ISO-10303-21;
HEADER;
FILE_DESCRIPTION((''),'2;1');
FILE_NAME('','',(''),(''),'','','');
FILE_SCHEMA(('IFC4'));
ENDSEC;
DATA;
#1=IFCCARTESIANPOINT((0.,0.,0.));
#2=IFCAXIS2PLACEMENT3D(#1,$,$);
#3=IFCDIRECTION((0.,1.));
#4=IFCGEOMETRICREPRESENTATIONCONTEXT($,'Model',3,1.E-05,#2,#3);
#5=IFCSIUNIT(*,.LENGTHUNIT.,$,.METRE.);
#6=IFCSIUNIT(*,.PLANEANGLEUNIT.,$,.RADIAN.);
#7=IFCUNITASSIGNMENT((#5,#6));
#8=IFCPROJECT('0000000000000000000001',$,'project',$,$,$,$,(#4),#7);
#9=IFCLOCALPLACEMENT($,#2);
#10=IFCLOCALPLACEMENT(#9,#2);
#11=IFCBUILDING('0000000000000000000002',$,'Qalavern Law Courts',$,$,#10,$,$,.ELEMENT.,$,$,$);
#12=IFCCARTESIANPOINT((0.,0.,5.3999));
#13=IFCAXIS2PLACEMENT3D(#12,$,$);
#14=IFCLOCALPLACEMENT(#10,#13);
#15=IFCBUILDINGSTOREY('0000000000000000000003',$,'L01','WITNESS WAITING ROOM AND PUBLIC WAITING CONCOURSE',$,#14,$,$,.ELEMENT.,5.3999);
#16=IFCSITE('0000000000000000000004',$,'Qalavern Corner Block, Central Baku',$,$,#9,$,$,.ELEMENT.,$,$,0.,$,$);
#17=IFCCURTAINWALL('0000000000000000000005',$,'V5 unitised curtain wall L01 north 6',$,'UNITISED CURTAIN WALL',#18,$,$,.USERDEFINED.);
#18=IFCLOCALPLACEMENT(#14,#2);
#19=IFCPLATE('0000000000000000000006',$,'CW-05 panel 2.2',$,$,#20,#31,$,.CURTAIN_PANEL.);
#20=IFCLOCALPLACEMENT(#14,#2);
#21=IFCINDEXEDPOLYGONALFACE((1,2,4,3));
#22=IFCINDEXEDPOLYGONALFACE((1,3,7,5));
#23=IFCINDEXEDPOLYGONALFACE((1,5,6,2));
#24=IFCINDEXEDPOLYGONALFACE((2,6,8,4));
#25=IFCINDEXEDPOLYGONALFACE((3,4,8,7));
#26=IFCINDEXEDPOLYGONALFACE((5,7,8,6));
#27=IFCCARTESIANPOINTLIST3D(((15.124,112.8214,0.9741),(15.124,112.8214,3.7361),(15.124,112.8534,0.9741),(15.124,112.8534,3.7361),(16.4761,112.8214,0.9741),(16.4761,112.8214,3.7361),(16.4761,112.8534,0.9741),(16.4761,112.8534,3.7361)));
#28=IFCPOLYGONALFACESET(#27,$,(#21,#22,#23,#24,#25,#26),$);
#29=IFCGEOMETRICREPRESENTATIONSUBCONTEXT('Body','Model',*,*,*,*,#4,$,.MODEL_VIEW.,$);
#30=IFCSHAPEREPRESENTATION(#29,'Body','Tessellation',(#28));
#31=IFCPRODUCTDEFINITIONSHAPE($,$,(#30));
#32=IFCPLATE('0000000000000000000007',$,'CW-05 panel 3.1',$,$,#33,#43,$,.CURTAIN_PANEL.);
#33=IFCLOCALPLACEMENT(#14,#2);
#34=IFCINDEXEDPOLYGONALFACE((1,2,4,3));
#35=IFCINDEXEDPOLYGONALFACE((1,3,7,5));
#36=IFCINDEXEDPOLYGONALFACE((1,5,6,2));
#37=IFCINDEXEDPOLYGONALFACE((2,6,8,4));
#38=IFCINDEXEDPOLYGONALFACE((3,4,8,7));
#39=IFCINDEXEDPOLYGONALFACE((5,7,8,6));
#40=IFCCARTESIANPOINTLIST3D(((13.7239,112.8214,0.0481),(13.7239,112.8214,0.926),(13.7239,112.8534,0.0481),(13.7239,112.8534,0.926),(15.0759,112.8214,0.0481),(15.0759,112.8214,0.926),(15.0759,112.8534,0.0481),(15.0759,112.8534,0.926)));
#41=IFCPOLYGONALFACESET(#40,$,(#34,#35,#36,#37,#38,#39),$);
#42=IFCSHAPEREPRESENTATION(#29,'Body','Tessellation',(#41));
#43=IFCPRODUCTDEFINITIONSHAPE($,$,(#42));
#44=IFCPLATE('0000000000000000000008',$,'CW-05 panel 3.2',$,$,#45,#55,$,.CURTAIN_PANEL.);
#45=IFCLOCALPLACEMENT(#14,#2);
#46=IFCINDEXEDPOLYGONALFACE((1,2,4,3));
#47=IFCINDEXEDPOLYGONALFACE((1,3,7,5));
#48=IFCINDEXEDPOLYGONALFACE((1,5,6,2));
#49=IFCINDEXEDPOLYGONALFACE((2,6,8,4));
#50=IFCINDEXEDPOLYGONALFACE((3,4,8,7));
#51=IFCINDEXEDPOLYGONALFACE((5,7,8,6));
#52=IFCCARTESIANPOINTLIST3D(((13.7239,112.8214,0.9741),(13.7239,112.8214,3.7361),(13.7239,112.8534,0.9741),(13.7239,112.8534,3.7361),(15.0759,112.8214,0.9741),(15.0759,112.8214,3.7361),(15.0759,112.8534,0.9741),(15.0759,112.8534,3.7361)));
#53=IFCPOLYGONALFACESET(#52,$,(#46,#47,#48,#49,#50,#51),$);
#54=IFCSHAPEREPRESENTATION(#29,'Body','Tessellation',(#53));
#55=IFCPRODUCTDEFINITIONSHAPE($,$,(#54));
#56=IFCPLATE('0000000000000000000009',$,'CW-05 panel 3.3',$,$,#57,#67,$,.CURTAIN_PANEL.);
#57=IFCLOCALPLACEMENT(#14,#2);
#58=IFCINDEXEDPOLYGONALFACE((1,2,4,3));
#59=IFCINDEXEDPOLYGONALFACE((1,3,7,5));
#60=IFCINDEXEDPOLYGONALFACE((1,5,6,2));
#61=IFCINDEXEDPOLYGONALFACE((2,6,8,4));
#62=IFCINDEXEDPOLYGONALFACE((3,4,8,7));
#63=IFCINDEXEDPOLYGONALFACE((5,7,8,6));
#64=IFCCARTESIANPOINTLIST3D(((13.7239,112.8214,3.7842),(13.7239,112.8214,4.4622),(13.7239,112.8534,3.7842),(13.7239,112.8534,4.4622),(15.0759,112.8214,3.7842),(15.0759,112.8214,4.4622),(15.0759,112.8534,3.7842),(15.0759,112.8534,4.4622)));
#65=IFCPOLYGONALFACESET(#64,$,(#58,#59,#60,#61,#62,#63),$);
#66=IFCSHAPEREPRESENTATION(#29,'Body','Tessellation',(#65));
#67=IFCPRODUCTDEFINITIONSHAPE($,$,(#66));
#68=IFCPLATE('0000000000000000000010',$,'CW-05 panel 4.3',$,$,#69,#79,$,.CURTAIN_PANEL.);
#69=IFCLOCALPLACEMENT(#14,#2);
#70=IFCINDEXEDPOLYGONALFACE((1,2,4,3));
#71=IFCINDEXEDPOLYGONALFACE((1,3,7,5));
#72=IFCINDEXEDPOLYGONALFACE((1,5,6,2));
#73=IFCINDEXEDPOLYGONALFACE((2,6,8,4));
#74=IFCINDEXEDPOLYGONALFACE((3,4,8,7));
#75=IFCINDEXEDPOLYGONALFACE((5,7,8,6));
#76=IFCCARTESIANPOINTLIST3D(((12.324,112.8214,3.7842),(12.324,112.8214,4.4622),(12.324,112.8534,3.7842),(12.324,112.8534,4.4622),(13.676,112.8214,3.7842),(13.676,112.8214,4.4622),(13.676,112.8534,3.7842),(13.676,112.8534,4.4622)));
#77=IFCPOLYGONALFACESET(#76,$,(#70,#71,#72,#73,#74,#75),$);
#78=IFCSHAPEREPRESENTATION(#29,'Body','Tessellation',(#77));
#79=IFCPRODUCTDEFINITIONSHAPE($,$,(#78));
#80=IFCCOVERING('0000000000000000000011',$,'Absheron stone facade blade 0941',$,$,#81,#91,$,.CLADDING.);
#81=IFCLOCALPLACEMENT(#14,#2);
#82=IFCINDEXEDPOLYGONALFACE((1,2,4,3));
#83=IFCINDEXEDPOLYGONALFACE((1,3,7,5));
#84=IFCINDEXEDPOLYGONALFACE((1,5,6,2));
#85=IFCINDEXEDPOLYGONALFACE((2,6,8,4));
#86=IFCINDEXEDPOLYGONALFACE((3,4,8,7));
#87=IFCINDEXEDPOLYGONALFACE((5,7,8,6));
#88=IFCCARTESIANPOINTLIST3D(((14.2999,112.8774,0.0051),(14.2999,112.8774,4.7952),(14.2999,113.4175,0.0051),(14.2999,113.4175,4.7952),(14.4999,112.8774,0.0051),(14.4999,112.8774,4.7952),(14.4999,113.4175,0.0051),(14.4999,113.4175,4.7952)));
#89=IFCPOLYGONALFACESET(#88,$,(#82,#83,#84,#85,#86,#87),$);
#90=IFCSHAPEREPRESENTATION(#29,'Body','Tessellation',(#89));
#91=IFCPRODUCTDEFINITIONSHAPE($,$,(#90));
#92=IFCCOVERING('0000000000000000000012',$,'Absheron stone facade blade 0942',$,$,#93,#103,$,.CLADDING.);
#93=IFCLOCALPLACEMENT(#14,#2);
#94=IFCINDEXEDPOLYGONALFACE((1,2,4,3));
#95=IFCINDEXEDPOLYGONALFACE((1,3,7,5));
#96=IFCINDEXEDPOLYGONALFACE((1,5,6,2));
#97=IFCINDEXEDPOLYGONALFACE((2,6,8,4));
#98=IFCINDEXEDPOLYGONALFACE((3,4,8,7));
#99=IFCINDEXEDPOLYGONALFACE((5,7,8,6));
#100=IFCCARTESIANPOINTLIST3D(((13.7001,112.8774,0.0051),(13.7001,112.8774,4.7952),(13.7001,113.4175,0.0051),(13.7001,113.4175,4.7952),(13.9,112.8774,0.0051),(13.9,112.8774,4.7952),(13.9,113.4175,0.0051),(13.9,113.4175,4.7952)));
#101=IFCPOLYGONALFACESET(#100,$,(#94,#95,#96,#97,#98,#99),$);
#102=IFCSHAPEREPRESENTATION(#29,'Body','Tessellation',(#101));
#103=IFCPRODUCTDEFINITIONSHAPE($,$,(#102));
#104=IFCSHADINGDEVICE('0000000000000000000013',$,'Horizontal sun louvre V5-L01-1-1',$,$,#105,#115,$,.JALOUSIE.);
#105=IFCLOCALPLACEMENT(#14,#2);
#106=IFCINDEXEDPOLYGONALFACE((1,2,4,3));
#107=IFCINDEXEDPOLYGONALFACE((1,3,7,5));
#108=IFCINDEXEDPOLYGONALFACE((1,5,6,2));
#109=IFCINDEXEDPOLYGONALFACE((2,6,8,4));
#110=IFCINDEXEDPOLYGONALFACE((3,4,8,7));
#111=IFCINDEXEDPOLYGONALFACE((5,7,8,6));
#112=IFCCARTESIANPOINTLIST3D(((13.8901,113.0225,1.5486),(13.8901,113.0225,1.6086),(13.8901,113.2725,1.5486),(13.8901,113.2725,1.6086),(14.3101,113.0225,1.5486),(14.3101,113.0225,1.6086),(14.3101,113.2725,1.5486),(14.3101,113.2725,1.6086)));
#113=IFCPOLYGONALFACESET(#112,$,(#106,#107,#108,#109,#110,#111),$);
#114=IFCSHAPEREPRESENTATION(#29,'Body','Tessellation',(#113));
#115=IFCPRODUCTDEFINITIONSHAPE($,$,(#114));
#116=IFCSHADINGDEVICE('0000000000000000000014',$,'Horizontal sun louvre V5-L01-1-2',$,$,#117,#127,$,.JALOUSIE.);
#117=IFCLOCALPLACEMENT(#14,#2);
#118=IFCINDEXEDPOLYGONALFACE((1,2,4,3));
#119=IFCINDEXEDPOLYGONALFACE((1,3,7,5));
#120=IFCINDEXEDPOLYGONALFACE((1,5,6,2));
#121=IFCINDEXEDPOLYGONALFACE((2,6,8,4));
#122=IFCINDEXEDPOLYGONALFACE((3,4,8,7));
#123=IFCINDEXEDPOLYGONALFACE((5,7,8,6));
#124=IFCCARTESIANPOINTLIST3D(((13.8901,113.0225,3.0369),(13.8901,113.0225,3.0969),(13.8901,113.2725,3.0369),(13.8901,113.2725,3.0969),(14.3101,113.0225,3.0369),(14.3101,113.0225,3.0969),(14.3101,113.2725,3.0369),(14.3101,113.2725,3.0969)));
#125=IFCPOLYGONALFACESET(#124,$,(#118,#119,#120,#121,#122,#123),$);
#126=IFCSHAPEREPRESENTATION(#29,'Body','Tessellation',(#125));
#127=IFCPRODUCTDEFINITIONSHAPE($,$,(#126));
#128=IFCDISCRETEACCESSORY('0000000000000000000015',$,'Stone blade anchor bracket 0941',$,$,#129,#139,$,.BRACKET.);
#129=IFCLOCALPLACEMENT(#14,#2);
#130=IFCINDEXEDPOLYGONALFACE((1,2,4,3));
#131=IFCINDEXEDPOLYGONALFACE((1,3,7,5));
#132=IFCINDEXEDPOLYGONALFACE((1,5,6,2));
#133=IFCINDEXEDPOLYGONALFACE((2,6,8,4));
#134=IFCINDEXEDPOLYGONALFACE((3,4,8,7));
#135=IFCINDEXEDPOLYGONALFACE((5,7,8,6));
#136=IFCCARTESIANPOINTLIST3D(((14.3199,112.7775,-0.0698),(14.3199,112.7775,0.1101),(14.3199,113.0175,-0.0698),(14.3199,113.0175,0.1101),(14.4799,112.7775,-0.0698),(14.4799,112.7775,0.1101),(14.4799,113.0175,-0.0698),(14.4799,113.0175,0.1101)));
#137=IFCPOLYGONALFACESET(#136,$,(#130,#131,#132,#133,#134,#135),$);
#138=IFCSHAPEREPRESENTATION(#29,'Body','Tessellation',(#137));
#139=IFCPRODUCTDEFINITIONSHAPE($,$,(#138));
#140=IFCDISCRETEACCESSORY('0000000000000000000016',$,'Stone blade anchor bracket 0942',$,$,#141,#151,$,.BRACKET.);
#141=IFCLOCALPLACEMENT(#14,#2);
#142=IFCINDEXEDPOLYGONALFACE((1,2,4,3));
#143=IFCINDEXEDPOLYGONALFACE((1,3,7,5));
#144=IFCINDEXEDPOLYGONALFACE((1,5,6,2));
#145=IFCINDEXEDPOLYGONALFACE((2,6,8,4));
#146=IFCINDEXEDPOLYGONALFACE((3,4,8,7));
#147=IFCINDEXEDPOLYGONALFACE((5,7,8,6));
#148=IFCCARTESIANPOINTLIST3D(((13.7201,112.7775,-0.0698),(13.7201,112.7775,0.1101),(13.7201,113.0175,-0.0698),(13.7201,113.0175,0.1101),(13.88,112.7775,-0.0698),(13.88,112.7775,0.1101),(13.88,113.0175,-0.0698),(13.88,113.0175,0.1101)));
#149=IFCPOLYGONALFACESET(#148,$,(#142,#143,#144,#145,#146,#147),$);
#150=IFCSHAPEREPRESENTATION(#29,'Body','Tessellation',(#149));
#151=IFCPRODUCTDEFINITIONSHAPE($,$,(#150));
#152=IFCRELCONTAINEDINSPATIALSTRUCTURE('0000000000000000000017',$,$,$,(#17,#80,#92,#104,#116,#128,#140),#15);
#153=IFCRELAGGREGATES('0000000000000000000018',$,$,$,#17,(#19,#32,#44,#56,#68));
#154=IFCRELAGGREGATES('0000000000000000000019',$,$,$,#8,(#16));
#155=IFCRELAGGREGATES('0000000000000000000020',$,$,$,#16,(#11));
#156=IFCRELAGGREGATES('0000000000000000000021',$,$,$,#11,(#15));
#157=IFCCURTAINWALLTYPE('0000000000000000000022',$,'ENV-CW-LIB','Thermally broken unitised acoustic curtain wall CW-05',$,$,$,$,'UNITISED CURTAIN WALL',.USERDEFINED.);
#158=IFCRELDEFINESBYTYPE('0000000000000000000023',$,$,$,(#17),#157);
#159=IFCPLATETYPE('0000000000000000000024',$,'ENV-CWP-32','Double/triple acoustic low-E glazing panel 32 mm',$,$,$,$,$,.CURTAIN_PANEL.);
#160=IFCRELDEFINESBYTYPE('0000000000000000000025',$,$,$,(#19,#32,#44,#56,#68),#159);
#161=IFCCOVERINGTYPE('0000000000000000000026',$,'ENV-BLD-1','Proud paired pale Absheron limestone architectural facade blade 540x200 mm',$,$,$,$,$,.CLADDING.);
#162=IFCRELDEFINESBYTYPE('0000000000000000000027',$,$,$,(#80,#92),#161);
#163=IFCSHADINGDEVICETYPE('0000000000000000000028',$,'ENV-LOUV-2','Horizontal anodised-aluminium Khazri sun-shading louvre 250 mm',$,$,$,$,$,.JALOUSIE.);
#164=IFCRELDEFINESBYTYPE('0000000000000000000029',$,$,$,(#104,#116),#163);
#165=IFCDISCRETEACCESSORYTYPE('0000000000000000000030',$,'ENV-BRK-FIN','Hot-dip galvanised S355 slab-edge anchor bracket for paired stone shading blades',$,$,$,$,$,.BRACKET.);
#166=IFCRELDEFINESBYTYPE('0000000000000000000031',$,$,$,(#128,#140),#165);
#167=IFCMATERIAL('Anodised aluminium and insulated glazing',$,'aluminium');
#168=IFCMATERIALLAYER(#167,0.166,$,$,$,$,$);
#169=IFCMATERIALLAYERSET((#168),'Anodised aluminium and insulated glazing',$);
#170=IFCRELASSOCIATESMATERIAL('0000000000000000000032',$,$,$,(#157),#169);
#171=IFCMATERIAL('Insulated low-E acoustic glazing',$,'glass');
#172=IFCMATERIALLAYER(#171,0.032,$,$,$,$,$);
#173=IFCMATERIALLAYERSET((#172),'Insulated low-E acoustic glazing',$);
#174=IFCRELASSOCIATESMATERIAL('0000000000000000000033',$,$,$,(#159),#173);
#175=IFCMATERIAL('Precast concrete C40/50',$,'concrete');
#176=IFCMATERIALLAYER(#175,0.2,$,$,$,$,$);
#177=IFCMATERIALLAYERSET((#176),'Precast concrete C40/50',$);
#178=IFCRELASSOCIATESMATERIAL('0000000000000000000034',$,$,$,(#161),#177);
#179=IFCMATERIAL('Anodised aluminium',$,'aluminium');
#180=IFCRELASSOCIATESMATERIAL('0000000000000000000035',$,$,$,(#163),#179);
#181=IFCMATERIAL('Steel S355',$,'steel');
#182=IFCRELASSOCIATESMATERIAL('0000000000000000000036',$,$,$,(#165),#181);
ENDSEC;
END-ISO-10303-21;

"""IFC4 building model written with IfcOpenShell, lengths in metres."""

from ifc_helpers import new_model, si_unit, direction, frame, origin, origin_2d, place, context, subcontext, project, spatial, rectangle, extrude, material, layer, layer_set, type_object, element, aggregate, save


model = new_model("IFC4")

# Units and contexts
model_context = context("Model", 3, precision=1e-05, world=origin(), true_north=direction((0.0, 1.0)))
body_context = subcontext(model_context, "Body", "Model", "MODEL_VIEW")
ifc_project = project(units=[si_unit("LENGTHUNIT", "METRE"), si_unit("PLANEANGLEUNIT", "RADIAN")], contexts=[model_context])

# Site, building, storey
site_placement = place(None, origin())
site = spatial("IfcSite", under=ifc_project, at=site_placement, Name="Qalavern Corner Block, Central Baku", CompositionType="ELEMENT", RefElevation=0.0)
building_placement = place(site_placement, origin())
building = spatial("IfcBuilding", under=site, at=building_placement, Name="Qalavern Law Courts", CompositionType="ELEMENT")
storey_placement = place(building_placement, frame((0.0, 0.0, 5.3999)))
storey = spatial("IfcBuildingStorey", under=building, at=storey_placement, Name="L01", Description="WITNESS WAITING ROOM AND PUBLIC WAITING CONCOURSE", CompositionType="ELEMENT", Elevation=5.3999)

# Curtain wall, plates
ifc_material_1 = material(Name="Anodised aluminium and insulated glazing", Category="aluminium")
ifc_layer_1 = layer(ifc_material_1, 0.166)
ifc_layer_set_1 = layer_set([ifc_layer_1], Name="Anodised aluminium and insulated glazing")
curtain_wall_type = type_object("IfcCurtainWallType", Name="ENV-CW-LIB", Description="Thermally broken unitised acoustic curtain wall CW-05", ElementType="UNITISED CURTAIN WALL", PredefinedType="USERDEFINED", material=ifc_layer_set_1)
curtain_wall_placement = place(storey_placement, origin())
curtain_wall = element("IfcCurtainWall", 1, at=curtain_wall_placement, inside=storey, type_object=curtain_wall_type, Name="V5 unitised curtain wall L01 north 6", ObjectType="UNITISED CURTAIN WALL", PredefinedType="USERDEFINED")
ifc_material_2 = material(Name="Anodised aluminium", Category="aluminium")
ifc_material_3 = material(Name="Insulated low-E acoustic glazing", Category="glass")
ifc_layer_2 = layer(ifc_material_3, 0.032)
ifc_layer_set_2 = layer_set([ifc_layer_2], Name="Insulated low-E acoustic glazing")
plate_type = type_object("IfcPlateType", Name="ENV-CWP-32", Description="Double/triple acoustic low-E glazing panel 32 mm", PredefinedType="CURTAIN_PANEL", material=ifc_layer_set_2)
plate_1_placement = place(storey_placement, frame((15.8, 112.8374, 0.9741), z_axis=(0.0, 0.0, 1.0), x_axis=(-1.0, 0.0, 0.0)))
plate_1 = element("IfcPlate", 2, at=plate_1_placement, type_object=plate_type, Name="CW-05 panel 2.2", PredefinedType="CURTAIN_PANEL", context=body_context, shape_type="SweptSolid", body=[
    extrude(rectangle(XDim=1.3521, YDim=0.032, at=origin_2d()), origin(), (0.0, 0.0, 1.0), 2.762),
])
plate_2_placement = place(storey_placement, frame((14.3999, 112.8374, 0.0481), z_axis=(0.0, 0.0, 1.0), x_axis=(-1.0, 0.0, 0.0)))
plate_2 = element("IfcPlate", 3, at=plate_2_placement, type_object=plate_type, Name="CW-05 panel 3.1", PredefinedType="CURTAIN_PANEL", context=body_context, shape_type="SweptSolid", body=[
    extrude(rectangle(XDim=1.3521, YDim=0.032, at=origin_2d()), origin(), (0.0, 0.0, 1.0), 0.8779),
])
plate_3_placement = place(storey_placement, frame((14.3999, 112.8374, 0.9741), z_axis=(0.0, 0.0, 1.0), x_axis=(-1.0, 0.0, 0.0)))
plate_3 = element("IfcPlate", 4, at=plate_3_placement, type_object=plate_type, Name="CW-05 panel 3.2", PredefinedType="CURTAIN_PANEL", context=body_context, shape_type="SweptSolid", body=[
    extrude(rectangle(XDim=1.3521, YDim=0.032, at=origin_2d()), origin(), (0.0, 0.0, 1.0), 2.762),
])
plate_4_placement = place(storey_placement, frame((14.3999, 112.8374, 3.7842), z_axis=(0.0, 0.0, 1.0), x_axis=(-1.0, 0.0, 0.0)))
plate_4 = element("IfcPlate", 5, at=plate_4_placement, type_object=plate_type, Name="CW-05 panel 3.3", PredefinedType="CURTAIN_PANEL", context=body_context, shape_type="SweptSolid", body=[
    extrude(rectangle(XDim=1.3521, YDim=0.032, at=origin_2d()), origin(), (0.0, 0.0, 1.0), 0.678),
])
plate_5_placement = place(storey_placement, frame((13.0, 112.8374, 3.7842), z_axis=(0.0, 0.0, 1.0), x_axis=(-1.0, 0.0, 0.0)))
plate_5 = element("IfcPlate", 6, at=plate_5_placement, type_object=plate_type, Name="CW-05 panel 4.3", PredefinedType="CURTAIN_PANEL", context=body_context, shape_type="SweptSolid", body=[
    extrude(rectangle(XDim=1.3521, YDim=0.032, at=origin_2d()), origin(), (0.0, 0.0, 1.0), 0.678),
])
aggregate(curtain_wall, [plate_1, plate_2, plate_3, plate_4, plate_5])

# Coverings
ifc_material_4 = material(Name="Precast concrete C40/50", Category="concrete")
ifc_layer_3 = layer(ifc_material_4, 0.2)
ifc_layer_set_3 = layer_set([ifc_layer_3], Name="Precast concrete C40/50")
covering_type = type_object("IfcCoveringType", Name="ENV-BLD-1", Description="Proud paired pale Absheron limestone architectural facade blade 540x200 mm", PredefinedType="CLADDING", material=ifc_layer_set_3)
for number, where, z_axis, x_axis, name in (
    (7, (14.3999, 113.1475, 0.0051), (0.0, 0.0, 1.0), (0.0, 1.0, 0.0), "Absheron stone facade blade 0941"),
    (8, (13.8, 113.1475, 0.0051), (0.0, 0.0, 1.0), (0.0, 1.0, 0.0), "Absheron stone facade blade 0942"),
):
    element("IfcCovering", number, at=place(storey_placement, frame(where, z_axis=z_axis, x_axis=x_axis)), inside=storey, type_object=covering_type, Name=name, PredefinedType="CLADDING", context=body_context, shape_type="SweptSolid", body=[
        extrude(rectangle(XDim=0.54, YDim=0.2, at=origin_2d()), origin(), (0.0, 0.0, 1.0), 4.79),
    ])

# Shading devices
shading_device_type = type_object("IfcShadingDeviceType", Name="ENV-LOUV-2", Description="Horizontal anodised-aluminium Khazri sun-shading louvre 250 mm", PredefinedType="JALOUSIE", material=ifc_material_2)
for number, where, z_axis, x_axis, name in (
    (9, (14.1001, 113.1475, 1.5486), (0.0, 0.0, 1.0), (-1.0, 0.0, 0.0), "Horizontal sun louvre V5-L01-1-1"),
    (10, (14.1001, 113.1475, 3.0369), (0.0, 0.0, 1.0), (-1.0, 0.0, 0.0), "Horizontal sun louvre V5-L01-1-2"),
):
    element("IfcShadingDevice", number, at=place(storey_placement, frame(where, z_axis=z_axis, x_axis=x_axis)), inside=storey, type_object=shading_device_type, Name=name, PredefinedType="JALOUSIE", context=body_context, shape_type="SweptSolid", body=[
        extrude(rectangle(XDim=0.4199, YDim=0.25, at=origin_2d()), origin(), (0.0, 0.0, 1.0), 0.0601),
    ])

# Discrete accessories
ifc_material_5 = material(Name="Steel S355", Category="steel")
discrete_accessory_type = type_object("IfcDiscreteAccessoryType", Name="ENV-BRK-FIN", Description="Hot-dip galvanised S355 slab-edge anchor bracket for paired stone shading blades", PredefinedType="BRACKET", material=ifc_material_5)
for number, where, z_axis, x_axis, name in (
    (11, (14.3999, 112.8975, -0.0698), (0.0, 0.0, 1.0), (0.0, 1.0, 0.0), "Stone blade anchor bracket 0941"),
    (12, (13.8, 112.8975, -0.0698), (0.0, 0.0, 1.0), (0.0, 1.0, 0.0), "Stone blade anchor bracket 0942"),
):
    element("IfcDiscreteAccessory", number, at=place(storey_placement, frame(where, z_axis=z_axis, x_axis=x_axis)), inside=storey, type_object=discrete_accessory_type, Name=name, PredefinedType="BRACKET", context=body_context, shape_type="SweptSolid", body=[
        extrude(rectangle(XDim=0.24, YDim=0.1599, at=origin_2d()), origin(), (0.0, 0.0, 1.0), 0.1799),
    ])

save(model, "model.ifc")
